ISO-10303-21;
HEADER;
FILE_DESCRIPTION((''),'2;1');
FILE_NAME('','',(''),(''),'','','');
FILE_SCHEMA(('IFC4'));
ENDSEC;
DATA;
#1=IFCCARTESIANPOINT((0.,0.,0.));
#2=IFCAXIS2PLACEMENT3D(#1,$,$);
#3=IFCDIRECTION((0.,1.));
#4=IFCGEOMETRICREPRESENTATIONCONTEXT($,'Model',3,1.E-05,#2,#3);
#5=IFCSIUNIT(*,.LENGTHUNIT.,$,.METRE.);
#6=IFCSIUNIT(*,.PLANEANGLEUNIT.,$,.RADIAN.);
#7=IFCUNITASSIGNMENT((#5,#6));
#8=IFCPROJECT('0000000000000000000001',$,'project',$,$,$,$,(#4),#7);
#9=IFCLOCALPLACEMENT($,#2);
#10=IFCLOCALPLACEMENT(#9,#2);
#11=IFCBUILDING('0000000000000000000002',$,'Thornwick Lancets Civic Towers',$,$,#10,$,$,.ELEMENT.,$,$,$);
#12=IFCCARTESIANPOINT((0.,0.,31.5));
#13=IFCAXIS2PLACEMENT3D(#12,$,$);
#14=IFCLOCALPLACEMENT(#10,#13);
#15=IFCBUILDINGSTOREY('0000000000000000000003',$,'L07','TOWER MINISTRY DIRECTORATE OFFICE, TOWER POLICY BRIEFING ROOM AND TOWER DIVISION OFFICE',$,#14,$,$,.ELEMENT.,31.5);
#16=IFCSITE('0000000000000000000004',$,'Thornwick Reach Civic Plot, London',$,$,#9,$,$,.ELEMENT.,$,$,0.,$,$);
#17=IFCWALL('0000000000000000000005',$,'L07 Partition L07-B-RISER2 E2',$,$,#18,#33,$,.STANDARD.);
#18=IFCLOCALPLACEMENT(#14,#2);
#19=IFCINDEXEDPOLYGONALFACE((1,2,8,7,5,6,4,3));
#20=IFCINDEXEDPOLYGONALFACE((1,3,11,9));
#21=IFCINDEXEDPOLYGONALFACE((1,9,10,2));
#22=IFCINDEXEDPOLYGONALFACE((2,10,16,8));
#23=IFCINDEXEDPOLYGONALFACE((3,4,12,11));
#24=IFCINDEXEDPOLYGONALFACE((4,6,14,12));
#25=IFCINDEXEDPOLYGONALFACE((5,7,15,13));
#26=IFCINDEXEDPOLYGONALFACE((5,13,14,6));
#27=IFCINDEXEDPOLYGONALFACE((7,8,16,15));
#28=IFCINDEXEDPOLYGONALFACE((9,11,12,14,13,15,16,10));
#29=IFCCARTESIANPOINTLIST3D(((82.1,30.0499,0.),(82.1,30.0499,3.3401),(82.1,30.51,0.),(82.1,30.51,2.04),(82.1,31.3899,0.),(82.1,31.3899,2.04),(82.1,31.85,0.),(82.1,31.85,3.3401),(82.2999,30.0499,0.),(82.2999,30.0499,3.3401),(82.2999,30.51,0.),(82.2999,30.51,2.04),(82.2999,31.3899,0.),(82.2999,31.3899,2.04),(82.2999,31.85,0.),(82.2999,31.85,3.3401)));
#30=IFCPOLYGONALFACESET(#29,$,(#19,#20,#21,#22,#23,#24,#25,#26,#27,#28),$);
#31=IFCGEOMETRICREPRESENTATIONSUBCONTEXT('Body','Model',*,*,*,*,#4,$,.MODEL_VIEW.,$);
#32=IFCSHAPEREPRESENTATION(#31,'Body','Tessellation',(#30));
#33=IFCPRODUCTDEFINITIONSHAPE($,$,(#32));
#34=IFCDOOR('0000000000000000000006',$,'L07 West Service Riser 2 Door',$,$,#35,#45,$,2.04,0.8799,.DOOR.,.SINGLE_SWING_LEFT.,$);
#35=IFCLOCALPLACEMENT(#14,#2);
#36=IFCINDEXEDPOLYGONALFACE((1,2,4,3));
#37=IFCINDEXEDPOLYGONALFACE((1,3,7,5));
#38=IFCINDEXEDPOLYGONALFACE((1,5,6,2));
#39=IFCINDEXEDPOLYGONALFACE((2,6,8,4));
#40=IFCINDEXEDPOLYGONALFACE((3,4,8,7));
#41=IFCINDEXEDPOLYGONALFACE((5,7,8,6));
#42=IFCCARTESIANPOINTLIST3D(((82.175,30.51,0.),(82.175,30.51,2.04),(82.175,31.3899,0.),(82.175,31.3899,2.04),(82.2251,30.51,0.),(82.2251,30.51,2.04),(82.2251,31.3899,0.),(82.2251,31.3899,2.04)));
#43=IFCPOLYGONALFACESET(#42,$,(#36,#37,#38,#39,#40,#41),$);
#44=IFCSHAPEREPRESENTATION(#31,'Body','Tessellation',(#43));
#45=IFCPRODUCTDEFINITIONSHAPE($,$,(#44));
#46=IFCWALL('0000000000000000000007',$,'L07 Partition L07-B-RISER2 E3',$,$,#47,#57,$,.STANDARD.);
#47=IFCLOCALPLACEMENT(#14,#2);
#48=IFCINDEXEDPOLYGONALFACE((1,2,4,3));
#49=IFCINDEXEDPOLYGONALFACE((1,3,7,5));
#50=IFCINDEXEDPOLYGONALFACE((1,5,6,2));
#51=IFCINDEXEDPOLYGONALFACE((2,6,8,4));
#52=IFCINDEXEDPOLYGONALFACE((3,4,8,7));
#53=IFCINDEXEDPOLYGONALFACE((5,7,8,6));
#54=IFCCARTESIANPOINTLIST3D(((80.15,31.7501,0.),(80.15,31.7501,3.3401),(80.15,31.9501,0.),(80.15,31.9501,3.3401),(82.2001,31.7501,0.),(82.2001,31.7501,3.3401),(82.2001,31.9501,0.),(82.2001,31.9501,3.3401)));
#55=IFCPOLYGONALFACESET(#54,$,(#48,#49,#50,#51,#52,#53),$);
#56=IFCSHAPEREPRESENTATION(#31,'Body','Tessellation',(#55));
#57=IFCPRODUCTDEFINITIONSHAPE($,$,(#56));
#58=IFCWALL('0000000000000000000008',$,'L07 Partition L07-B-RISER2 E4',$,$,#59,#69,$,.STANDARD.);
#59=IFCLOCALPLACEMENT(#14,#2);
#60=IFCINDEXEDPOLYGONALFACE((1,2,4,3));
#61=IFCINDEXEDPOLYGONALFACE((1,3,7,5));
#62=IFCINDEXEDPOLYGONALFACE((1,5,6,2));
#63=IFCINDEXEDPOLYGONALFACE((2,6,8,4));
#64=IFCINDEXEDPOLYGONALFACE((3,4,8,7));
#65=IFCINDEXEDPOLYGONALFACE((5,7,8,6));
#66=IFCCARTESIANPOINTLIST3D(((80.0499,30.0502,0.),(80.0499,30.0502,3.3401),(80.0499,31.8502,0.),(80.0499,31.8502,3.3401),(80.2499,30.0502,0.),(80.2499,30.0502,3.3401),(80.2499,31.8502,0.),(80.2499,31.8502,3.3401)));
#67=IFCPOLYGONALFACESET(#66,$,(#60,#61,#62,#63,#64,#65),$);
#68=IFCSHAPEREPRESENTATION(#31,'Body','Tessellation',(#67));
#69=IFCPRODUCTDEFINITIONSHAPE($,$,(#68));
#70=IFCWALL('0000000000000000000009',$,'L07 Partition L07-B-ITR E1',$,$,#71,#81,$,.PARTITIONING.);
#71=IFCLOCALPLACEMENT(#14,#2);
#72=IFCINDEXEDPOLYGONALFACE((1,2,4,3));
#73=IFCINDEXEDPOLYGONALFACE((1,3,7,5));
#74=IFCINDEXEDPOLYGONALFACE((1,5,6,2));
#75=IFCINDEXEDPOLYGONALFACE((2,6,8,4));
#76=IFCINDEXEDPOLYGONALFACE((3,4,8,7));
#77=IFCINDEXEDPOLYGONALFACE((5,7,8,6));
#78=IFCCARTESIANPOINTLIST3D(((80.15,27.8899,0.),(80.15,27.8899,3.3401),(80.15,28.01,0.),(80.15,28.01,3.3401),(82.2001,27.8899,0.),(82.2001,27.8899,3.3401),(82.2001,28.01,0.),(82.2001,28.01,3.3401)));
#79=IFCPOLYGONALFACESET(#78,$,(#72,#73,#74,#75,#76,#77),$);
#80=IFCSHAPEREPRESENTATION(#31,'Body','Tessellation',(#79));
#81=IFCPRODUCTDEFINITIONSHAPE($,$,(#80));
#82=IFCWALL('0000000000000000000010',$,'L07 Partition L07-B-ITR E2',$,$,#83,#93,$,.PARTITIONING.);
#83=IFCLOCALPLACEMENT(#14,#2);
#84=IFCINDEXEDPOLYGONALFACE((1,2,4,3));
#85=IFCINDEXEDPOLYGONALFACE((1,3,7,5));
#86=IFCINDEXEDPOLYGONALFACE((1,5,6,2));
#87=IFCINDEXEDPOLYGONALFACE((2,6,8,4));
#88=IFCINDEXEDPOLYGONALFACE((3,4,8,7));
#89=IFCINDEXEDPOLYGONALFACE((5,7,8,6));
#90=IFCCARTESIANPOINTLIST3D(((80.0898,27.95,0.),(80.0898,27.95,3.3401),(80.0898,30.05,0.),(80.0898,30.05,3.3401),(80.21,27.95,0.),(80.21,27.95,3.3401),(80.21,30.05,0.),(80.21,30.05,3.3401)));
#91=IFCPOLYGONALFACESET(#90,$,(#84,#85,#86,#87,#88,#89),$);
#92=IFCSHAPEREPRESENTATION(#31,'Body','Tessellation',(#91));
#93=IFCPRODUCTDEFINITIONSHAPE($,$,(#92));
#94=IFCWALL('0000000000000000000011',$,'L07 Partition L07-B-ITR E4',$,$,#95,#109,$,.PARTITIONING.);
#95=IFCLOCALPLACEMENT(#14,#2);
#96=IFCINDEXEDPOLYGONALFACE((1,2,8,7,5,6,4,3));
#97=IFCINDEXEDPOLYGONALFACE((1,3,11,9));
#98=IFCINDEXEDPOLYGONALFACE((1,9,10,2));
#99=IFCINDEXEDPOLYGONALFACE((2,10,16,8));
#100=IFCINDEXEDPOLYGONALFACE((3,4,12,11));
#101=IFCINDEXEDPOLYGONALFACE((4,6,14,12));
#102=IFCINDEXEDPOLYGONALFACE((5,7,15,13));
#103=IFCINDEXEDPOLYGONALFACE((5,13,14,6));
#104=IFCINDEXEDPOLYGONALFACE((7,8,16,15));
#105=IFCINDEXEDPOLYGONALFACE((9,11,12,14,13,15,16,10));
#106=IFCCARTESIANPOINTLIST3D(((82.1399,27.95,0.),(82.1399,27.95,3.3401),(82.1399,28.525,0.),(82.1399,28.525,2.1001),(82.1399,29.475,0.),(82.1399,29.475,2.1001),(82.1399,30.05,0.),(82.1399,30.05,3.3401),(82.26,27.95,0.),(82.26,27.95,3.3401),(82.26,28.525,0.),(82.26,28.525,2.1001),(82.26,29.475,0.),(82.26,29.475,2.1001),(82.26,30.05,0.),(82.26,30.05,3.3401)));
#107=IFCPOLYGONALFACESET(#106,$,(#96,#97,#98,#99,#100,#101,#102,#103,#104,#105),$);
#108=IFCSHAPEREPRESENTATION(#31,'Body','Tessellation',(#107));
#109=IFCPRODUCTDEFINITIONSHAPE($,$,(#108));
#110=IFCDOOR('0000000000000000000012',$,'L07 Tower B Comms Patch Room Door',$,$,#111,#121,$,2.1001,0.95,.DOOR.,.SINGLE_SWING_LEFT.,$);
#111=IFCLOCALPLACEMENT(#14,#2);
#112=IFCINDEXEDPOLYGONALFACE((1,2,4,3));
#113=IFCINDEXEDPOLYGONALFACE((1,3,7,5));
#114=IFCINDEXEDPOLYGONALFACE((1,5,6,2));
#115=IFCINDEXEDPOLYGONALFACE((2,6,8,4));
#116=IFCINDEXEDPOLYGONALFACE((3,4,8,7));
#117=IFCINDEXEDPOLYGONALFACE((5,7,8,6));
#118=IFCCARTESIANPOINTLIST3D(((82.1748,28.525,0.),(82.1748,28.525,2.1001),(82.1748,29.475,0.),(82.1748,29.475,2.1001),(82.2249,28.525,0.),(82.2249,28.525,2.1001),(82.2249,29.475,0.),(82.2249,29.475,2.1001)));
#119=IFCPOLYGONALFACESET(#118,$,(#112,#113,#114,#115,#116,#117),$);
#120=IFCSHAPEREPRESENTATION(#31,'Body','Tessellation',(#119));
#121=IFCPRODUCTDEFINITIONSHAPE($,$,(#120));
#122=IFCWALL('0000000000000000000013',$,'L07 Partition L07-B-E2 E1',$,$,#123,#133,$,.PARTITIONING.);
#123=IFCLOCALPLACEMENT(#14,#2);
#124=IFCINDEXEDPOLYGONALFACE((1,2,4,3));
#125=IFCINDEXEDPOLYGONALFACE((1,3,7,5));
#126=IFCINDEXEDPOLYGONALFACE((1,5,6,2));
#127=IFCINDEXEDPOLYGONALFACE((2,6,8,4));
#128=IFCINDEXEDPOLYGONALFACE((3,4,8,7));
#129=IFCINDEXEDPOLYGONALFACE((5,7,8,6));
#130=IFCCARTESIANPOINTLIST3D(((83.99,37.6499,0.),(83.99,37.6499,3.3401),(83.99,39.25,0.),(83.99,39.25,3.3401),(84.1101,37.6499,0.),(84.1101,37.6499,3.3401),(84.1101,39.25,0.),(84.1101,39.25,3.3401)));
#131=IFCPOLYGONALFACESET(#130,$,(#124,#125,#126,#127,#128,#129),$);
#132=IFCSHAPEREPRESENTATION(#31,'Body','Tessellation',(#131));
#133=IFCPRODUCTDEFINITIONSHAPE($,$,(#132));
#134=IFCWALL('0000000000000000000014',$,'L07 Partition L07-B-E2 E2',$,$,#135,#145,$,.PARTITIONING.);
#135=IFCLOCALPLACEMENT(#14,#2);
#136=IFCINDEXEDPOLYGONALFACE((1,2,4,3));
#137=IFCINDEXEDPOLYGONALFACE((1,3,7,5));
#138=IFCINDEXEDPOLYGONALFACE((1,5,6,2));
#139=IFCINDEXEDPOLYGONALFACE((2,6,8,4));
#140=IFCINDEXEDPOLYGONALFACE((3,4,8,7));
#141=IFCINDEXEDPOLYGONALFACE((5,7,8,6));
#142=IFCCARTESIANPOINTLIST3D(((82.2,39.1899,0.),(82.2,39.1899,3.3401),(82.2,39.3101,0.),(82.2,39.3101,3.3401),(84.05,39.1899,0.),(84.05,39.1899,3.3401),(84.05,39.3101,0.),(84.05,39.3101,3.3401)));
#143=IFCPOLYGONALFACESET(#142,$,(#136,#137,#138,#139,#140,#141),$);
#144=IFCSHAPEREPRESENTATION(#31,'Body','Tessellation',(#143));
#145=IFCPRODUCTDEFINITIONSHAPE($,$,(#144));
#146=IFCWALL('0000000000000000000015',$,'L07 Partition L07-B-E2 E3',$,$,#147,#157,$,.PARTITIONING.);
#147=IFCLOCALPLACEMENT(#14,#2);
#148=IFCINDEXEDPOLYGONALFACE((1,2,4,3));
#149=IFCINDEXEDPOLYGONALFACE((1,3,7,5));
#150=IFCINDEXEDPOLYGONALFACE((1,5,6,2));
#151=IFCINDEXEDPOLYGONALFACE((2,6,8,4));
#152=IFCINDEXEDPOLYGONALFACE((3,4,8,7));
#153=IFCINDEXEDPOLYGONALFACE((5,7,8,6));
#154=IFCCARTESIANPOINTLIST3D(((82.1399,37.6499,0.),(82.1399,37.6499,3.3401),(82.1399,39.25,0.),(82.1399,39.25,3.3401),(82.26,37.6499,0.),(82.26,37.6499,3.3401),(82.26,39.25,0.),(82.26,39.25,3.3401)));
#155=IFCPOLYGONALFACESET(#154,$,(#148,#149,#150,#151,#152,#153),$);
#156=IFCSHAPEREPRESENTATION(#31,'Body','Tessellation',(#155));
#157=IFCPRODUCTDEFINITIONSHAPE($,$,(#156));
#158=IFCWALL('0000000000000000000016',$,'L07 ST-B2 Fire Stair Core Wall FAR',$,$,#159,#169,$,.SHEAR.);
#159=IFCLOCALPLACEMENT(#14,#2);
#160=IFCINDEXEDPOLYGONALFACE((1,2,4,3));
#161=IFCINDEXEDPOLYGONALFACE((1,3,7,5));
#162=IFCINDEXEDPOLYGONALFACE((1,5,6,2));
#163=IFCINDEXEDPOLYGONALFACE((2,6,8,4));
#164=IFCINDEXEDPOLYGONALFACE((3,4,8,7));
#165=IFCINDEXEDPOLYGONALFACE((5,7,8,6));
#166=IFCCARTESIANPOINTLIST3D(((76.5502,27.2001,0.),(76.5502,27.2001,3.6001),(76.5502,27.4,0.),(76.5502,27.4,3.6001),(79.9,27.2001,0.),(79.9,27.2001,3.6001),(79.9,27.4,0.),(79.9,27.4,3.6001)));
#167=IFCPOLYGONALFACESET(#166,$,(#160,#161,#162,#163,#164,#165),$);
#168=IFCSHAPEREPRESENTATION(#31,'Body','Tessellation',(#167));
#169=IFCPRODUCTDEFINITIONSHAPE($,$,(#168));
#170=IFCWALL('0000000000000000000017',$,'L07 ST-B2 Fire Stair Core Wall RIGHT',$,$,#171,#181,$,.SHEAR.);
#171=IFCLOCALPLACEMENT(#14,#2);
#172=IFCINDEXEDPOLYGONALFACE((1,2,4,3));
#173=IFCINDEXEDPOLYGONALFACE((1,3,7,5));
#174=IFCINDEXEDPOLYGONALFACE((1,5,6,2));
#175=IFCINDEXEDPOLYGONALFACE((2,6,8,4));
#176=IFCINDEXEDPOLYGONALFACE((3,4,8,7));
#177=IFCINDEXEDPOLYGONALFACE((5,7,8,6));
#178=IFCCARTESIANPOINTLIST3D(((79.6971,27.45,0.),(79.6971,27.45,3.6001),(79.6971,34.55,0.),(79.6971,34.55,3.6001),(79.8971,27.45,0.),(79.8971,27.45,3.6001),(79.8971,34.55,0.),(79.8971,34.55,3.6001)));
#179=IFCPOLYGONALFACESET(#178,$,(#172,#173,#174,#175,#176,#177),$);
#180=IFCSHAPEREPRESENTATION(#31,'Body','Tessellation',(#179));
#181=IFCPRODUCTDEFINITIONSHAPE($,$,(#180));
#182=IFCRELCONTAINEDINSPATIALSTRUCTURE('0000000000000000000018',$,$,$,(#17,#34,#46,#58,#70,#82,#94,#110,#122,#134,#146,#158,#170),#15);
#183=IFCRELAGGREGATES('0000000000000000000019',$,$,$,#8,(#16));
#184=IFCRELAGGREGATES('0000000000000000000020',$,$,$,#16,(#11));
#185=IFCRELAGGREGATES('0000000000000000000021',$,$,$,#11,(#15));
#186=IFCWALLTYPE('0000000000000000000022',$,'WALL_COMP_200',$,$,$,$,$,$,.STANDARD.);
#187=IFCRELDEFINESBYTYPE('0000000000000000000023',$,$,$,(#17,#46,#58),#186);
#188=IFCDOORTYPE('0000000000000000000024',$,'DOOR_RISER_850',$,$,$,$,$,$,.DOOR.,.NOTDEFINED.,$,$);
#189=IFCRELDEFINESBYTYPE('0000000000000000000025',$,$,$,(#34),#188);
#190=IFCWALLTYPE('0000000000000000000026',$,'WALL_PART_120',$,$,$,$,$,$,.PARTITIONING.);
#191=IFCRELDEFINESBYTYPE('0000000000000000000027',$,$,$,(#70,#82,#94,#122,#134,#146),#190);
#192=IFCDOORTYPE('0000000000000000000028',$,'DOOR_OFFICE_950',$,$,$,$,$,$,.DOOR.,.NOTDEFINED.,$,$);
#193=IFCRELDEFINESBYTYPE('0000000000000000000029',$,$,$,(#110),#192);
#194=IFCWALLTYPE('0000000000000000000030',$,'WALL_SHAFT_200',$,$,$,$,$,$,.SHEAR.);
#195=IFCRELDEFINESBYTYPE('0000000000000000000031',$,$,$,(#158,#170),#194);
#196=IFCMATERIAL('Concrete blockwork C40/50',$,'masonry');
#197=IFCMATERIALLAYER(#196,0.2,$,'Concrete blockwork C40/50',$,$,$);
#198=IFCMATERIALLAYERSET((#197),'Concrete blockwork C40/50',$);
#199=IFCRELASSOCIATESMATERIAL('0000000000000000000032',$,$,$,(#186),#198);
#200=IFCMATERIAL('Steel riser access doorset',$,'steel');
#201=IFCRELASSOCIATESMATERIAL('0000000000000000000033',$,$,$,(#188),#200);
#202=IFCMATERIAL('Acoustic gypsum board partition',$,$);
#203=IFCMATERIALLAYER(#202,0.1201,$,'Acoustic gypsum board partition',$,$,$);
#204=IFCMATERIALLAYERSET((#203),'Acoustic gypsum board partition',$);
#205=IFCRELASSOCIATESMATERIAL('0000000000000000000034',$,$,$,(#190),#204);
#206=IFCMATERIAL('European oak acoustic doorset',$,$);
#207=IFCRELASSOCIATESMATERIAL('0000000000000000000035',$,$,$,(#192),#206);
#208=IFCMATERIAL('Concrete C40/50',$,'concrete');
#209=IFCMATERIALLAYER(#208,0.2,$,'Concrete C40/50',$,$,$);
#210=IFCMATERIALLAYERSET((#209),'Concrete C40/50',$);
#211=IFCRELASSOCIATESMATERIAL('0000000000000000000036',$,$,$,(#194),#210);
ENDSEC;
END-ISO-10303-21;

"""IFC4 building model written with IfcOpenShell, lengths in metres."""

from ifc_helpers import new_model, si_unit, direction, frame, frame_2d, origin, place, context, subcontext, project, spatial, rectangle, extrude, material, layer, layer_set, type_object, element, fill, save


model = new_model("IFC4")

# Units and contexts
model_context = context("Model", 3, precision=1e-05, world=origin(), true_north=direction((0.0, 1.0)))
body_context = subcontext(model_context, "Body", "Model", "MODEL_VIEW")
ifc_project = project(units=[si_unit("LENGTHUNIT", "METRE"), si_unit("PLANEANGLEUNIT", "RADIAN")], contexts=[model_context])

# Site, building, storey
site_placement = place(None, origin())
site = spatial("IfcSite", under=ifc_project, at=site_placement, Name="Thornwick Reach Civic Plot, London", CompositionType="ELEMENT", RefElevation=0.0)
building_placement = place(site_placement, origin())
building = spatial("IfcBuilding", under=site, at=building_placement, Name="Thornwick Lancets Civic Towers", CompositionType="ELEMENT")
storey_placement = place(building_placement, frame((0.0, 0.0, 31.5)))
storey = spatial("IfcBuildingStorey", under=building, at=storey_placement, Name="L07", Description="TOWER MINISTRY DIRECTORATE OFFICE, TOWER POLICY BRIEFING ROOM AND TOWER DIVISION OFFICE", CompositionType="ELEMENT", Elevation=31.5)

# Shared definitions
ifc_material_1 = material(Name="Concrete blockwork C40/50", Category="masonry")
ifc_layer_1 = layer(ifc_material_1, 0.2, Name="Concrete blockwork C40/50")
ifc_layer_set_1 = layer_set([ifc_layer_1], Name="Concrete blockwork C40/50")
wall_type_1 = type_object("IfcWallType", Name="WALL_COMP_200", PredefinedType="STANDARD", material=ifc_layer_set_1)

# Wall, opening, door
wall_1_placement = place(storey_placement, frame((82.2, 30.05, 0.0), z_axis=(0.0, 0.0, 1.0), x_axis=(0.0, 1.0, 0.0)))
wall_1 = element("IfcWall", 1, at=wall_1_placement, inside=storey, type_object=wall_type_1, Name="L07 Partition L07-B-RISER2 E2", PredefinedType="STANDARD", context=body_context, shape_type="SweptSolid", body=[
    extrude(rectangle(XDim=1.8, YDim=0.2, at=frame_2d((0.8999, 0.0))), origin(), (0.0, 0.0, 1.0), 3.3401),
])
opening_1_placement = place(wall_1_placement, frame((0.46, 0.0, 0.0)))
opening_1 = element("IfcOpeningElement", 2, at=opening_1_placement, cuts=wall_1, PredefinedType="OPENING", context=body_context, shape_type="SweptSolid", body=[
    extrude(rectangle(XDim=0.8799, YDim=2.04, at=frame_2d((0.4399, 1.02))), frame((0.0, 0.1099, 0.0), z_axis=(0.0, -1.0, 0.0), x_axis=(1.0, 0.0, 0.0)), (0.0, 0.0, 1.0), 0.22),
])
ifc_material_2 = material(Name="Steel riser access doorset", Category="steel")
door_type_1 = type_object("IfcDoorType", Name="DOOR_RISER_850", OperationType="NOTDEFINED", PredefinedType="DOOR", material=ifc_material_2)
door_1_placement = place(opening_1_placement, origin())
door_1 = element("IfcDoor", 3, at=door_1_placement, inside=storey, type_object=door_type_1, Name="L07 West Service Riser 2 Door", OperationType="SINGLE_SWING_LEFT", OverallHeight=2.04, OverallWidth=0.8799, PredefinedType="DOOR", context=body_context, shape_type="SweptSolid", body=[
    extrude(rectangle(XDim=0.8799, YDim=2.04, at=frame_2d((0.4399, 1.02))), frame((0.0, 0.0249, 0.0), z_axis=(0.0, -1.0, 0.0), x_axis=(1.0, 0.0, 0.0)), (0.0, 0.0, 1.0), 0.05),
])
fill(opening_1, door_1)

# Walls
wall_2_placement = place(storey_placement, frame((82.2, 31.8501, 0.0), z_axis=(0.0, 0.0, 1.0), x_axis=(-1.0, 0.0, 0.0)))
element("IfcWall", 4, at=wall_2_placement, inside=storey, type_object=wall_type_1, Name="L07 Partition L07-B-RISER2 E3", PredefinedType="STANDARD", context=body_context, shape_type="SweptSolid", body=[
    extrude(rectangle(XDim=2.05, YDim=0.2, at=frame_2d((1.0249, 0.0))), origin(), (0.0, 0.0, 1.0), 3.3401),
])
wall_3_placement = place(storey_placement, frame((80.1499, 31.8501, 0.0), z_axis=(0.0, 0.0, 1.0), x_axis=(0.0, -1.0, 0.0)))
element("IfcWall", 5, at=wall_3_placement, inside=storey, type_object=wall_type_1, Name="L07 Partition L07-B-RISER2 E4", PredefinedType="STANDARD", context=body_context, shape_type="SweptSolid", body=[
    extrude(rectangle(XDim=1.8, YDim=0.2, at=frame_2d((0.8999, 0.0))), origin(), (0.0, 0.0, 1.0), 3.3401),
])
ifc_material_3 = material(Name="Acoustic gypsum board partition")
ifc_layer_2 = layer(ifc_material_3, 0.1201, Name="Acoustic gypsum board partition")
ifc_layer_set_2 = layer_set([ifc_layer_2], Name="Acoustic gypsum board partition")
wall_type_2 = type_object("IfcWallType", Name="WALL_PART_120", PredefinedType="PARTITIONING", material=ifc_layer_set_2)
wall_4_placement = place(storey_placement, frame((82.2, 27.95, 0.0), z_axis=(0.0, 0.0, 1.0), x_axis=(-1.0, 0.0, 0.0)))
element("IfcWall", 6, at=wall_4_placement, inside=storey, type_object=wall_type_2, Name="L07 Partition L07-B-ITR E1", PredefinedType="PARTITIONING", context=body_context, shape_type="SweptSolid", body=[
    extrude(rectangle(XDim=2.05, YDim=0.1201, at=frame_2d((1.0249, 0.0))), origin(), (0.0, 0.0, 1.0), 3.3401),
])
wall_5_placement = place(storey_placement, frame((80.1499, 27.95, 0.0), z_axis=(0.0, 0.0, 1.0), x_axis=(0.0, 1.0, 0.0)))
element("IfcWall", 7, at=wall_5_placement, inside=storey, type_object=wall_type_2, Name="L07 Partition L07-B-ITR E2", PredefinedType="PARTITIONING", context=body_context, shape_type="SweptSolid", body=[
    extrude(rectangle(XDim=2.1001, YDim=0.1201, at=frame_2d((1.05, 0.0))), origin(), (0.0, 0.0, 1.0), 3.3401),
])

# Wall, opening, door
wall_6_placement = place(storey_placement, frame((82.2, 30.05, 0.0), z_axis=(0.0, 0.0, 1.0), x_axis=(0.0, -1.0, 0.0)))
wall_6 = element("IfcWall", 8, at=wall_6_placement, inside=storey, type_object=wall_type_2, Name="L07 Partition L07-B-ITR E4", PredefinedType="PARTITIONING", context=body_context, shape_type="SweptSolid", body=[
    extrude(rectangle(XDim=2.1001, YDim=0.1201, at=frame_2d((1.05, 0.0))), origin(), (0.0, 0.0, 1.0), 3.3401),
])
opening_2_placement = place(wall_6_placement, frame((0.575, 0.0, 0.0)))
opening_2 = element("IfcOpeningElement", 9, at=opening_2_placement, cuts=wall_6, PredefinedType="OPENING", context=body_context, shape_type="SweptSolid", body=[
    extrude(rectangle(XDim=0.95, YDim=2.1001, at=frame_2d((0.4751, 1.05))), frame((0.0, 0.0701, 0.0), z_axis=(0.0, -1.0, 0.0), x_axis=(1.0, 0.0, 0.0)), (0.0, 0.0, 1.0), 0.1401),
])
ifc_material_4 = material(Name="European oak acoustic doorset")
door_type_2 = type_object("IfcDoorType", Name="DOOR_OFFICE_950", OperationType="NOTDEFINED", PredefinedType="DOOR", material=ifc_material_4)
door_2_placement = place(opening_2_placement, origin())
door_2 = element("IfcDoor", 10, at=door_2_placement, inside=storey, type_object=door_type_2, Name="L07 Tower B Comms Patch Room Door", OperationType="SINGLE_SWING_LEFT", OverallHeight=2.1001, OverallWidth=0.95, PredefinedType="DOOR", context=body_context, shape_type="SweptSolid", body=[
    extrude(rectangle(XDim=0.95, YDim=2.1001, at=frame_2d((0.4751, 1.05))), frame((0.0, 0.0249, 0.0), z_axis=(0.0, -1.0, 0.0), x_axis=(1.0, 0.0, 0.0)), (0.0, 0.0, 1.0), 0.05),
])
fill(opening_2, door_2)

# Walls
wall_7_placement = place(storey_placement, frame((84.05, 37.6499, 0.0), z_axis=(0.0, 0.0, 1.0), x_axis=(0.0, 1.0, 0.0)))
element("IfcWall", 11, at=wall_7_placement, inside=storey, type_object=wall_type_2, Name="L07 Partition L07-B-E2 E1", PredefinedType="PARTITIONING", context=body_context, shape_type="SweptSolid", body=[
    extrude(rectangle(XDim=1.6001, YDim=0.1201, at=frame_2d((0.8, 0.0))), origin(), (0.0, 0.0, 1.0), 3.3401),
])
wall_8_placement = place(storey_placement, frame((84.05, 39.25, 0.0), z_axis=(0.0, 0.0, 1.0), x_axis=(-1.0, 0.0, 0.0)))
element("IfcWall", 12, at=wall_8_placement, inside=storey, type_object=wall_type_2, Name="L07 Partition L07-B-E2 E2", PredefinedType="PARTITIONING", context=body_context, shape_type="SweptSolid", body=[
    extrude(rectangle(XDim=1.8501, YDim=0.1201, at=frame_2d((0.925, 0.0))), origin(), (0.0, 0.0, 1.0), 3.3401),
])
wall_9_placement = place(storey_placement, frame((82.2, 39.25, 0.0), z_axis=(0.0, 0.0, 1.0), x_axis=(0.0, -1.0, 0.0)))
element("IfcWall", 13, at=wall_9_placement, inside=storey, type_object=wall_type_2, Name="L07 Partition L07-B-E2 E3", PredefinedType="PARTITIONING", context=body_context, shape_type="SweptSolid", body=[
    extrude(rectangle(XDim=1.6001, YDim=0.1201, at=frame_2d((0.8, 0.0))), origin(), (0.0, 0.0, 1.0), 3.3401),
])
ifc_material_5 = material(Name="Concrete C40/50", Category="concrete")
ifc_layer_3 = layer(ifc_material_5, 0.2, Name="Concrete C40/50")
ifc_layer_set_3 = layer_set([ifc_layer_3], Name="Concrete C40/50")
wall_type_3 = type_object("IfcWallType", Name="WALL_SHAFT_200", PredefinedType="SHEAR", material=ifc_layer_set_3)
wall_10_placement = place(storey_placement, frame((79.8999, 27.3, 0.0), z_axis=(0.0, 0.0, 1.0), x_axis=(-1.0, 0.0, 0.0)))
element("IfcWall", 14, at=wall_10_placement, inside=storey, type_object=wall_type_3, Name="L07 ST-B2 Fire Stair Core Wall FAR", PredefinedType="SHEAR", context=body_context, shape_type="SweptSolid", body=[
    extrude(rectangle(XDim=3.3499, YDim=0.2, at=frame_2d((1.6748, 0.0))), origin(), (0.0, 0.0, 1.0), 3.6001),
])
wall_11_placement = place(storey_placement, frame((79.7971, 27.45, 0.0), z_axis=(0.0, 0.0, 1.0), x_axis=(0.0, 1.0, 0.0)))
element("IfcWall", 15, at=wall_11_placement, inside=storey, type_object=wall_type_3, Name="L07 ST-B2 Fire Stair Core Wall RIGHT", PredefinedType="SHEAR", context=body_context, shape_type="SweptSolid", body=[
    extrude(rectangle(XDim=7.1001, YDim=0.2, at=frame_2d((3.55, 0.0))), origin(), (0.0, 0.0, 1.0), 3.6001),
])

save(model, "model.ifc")
